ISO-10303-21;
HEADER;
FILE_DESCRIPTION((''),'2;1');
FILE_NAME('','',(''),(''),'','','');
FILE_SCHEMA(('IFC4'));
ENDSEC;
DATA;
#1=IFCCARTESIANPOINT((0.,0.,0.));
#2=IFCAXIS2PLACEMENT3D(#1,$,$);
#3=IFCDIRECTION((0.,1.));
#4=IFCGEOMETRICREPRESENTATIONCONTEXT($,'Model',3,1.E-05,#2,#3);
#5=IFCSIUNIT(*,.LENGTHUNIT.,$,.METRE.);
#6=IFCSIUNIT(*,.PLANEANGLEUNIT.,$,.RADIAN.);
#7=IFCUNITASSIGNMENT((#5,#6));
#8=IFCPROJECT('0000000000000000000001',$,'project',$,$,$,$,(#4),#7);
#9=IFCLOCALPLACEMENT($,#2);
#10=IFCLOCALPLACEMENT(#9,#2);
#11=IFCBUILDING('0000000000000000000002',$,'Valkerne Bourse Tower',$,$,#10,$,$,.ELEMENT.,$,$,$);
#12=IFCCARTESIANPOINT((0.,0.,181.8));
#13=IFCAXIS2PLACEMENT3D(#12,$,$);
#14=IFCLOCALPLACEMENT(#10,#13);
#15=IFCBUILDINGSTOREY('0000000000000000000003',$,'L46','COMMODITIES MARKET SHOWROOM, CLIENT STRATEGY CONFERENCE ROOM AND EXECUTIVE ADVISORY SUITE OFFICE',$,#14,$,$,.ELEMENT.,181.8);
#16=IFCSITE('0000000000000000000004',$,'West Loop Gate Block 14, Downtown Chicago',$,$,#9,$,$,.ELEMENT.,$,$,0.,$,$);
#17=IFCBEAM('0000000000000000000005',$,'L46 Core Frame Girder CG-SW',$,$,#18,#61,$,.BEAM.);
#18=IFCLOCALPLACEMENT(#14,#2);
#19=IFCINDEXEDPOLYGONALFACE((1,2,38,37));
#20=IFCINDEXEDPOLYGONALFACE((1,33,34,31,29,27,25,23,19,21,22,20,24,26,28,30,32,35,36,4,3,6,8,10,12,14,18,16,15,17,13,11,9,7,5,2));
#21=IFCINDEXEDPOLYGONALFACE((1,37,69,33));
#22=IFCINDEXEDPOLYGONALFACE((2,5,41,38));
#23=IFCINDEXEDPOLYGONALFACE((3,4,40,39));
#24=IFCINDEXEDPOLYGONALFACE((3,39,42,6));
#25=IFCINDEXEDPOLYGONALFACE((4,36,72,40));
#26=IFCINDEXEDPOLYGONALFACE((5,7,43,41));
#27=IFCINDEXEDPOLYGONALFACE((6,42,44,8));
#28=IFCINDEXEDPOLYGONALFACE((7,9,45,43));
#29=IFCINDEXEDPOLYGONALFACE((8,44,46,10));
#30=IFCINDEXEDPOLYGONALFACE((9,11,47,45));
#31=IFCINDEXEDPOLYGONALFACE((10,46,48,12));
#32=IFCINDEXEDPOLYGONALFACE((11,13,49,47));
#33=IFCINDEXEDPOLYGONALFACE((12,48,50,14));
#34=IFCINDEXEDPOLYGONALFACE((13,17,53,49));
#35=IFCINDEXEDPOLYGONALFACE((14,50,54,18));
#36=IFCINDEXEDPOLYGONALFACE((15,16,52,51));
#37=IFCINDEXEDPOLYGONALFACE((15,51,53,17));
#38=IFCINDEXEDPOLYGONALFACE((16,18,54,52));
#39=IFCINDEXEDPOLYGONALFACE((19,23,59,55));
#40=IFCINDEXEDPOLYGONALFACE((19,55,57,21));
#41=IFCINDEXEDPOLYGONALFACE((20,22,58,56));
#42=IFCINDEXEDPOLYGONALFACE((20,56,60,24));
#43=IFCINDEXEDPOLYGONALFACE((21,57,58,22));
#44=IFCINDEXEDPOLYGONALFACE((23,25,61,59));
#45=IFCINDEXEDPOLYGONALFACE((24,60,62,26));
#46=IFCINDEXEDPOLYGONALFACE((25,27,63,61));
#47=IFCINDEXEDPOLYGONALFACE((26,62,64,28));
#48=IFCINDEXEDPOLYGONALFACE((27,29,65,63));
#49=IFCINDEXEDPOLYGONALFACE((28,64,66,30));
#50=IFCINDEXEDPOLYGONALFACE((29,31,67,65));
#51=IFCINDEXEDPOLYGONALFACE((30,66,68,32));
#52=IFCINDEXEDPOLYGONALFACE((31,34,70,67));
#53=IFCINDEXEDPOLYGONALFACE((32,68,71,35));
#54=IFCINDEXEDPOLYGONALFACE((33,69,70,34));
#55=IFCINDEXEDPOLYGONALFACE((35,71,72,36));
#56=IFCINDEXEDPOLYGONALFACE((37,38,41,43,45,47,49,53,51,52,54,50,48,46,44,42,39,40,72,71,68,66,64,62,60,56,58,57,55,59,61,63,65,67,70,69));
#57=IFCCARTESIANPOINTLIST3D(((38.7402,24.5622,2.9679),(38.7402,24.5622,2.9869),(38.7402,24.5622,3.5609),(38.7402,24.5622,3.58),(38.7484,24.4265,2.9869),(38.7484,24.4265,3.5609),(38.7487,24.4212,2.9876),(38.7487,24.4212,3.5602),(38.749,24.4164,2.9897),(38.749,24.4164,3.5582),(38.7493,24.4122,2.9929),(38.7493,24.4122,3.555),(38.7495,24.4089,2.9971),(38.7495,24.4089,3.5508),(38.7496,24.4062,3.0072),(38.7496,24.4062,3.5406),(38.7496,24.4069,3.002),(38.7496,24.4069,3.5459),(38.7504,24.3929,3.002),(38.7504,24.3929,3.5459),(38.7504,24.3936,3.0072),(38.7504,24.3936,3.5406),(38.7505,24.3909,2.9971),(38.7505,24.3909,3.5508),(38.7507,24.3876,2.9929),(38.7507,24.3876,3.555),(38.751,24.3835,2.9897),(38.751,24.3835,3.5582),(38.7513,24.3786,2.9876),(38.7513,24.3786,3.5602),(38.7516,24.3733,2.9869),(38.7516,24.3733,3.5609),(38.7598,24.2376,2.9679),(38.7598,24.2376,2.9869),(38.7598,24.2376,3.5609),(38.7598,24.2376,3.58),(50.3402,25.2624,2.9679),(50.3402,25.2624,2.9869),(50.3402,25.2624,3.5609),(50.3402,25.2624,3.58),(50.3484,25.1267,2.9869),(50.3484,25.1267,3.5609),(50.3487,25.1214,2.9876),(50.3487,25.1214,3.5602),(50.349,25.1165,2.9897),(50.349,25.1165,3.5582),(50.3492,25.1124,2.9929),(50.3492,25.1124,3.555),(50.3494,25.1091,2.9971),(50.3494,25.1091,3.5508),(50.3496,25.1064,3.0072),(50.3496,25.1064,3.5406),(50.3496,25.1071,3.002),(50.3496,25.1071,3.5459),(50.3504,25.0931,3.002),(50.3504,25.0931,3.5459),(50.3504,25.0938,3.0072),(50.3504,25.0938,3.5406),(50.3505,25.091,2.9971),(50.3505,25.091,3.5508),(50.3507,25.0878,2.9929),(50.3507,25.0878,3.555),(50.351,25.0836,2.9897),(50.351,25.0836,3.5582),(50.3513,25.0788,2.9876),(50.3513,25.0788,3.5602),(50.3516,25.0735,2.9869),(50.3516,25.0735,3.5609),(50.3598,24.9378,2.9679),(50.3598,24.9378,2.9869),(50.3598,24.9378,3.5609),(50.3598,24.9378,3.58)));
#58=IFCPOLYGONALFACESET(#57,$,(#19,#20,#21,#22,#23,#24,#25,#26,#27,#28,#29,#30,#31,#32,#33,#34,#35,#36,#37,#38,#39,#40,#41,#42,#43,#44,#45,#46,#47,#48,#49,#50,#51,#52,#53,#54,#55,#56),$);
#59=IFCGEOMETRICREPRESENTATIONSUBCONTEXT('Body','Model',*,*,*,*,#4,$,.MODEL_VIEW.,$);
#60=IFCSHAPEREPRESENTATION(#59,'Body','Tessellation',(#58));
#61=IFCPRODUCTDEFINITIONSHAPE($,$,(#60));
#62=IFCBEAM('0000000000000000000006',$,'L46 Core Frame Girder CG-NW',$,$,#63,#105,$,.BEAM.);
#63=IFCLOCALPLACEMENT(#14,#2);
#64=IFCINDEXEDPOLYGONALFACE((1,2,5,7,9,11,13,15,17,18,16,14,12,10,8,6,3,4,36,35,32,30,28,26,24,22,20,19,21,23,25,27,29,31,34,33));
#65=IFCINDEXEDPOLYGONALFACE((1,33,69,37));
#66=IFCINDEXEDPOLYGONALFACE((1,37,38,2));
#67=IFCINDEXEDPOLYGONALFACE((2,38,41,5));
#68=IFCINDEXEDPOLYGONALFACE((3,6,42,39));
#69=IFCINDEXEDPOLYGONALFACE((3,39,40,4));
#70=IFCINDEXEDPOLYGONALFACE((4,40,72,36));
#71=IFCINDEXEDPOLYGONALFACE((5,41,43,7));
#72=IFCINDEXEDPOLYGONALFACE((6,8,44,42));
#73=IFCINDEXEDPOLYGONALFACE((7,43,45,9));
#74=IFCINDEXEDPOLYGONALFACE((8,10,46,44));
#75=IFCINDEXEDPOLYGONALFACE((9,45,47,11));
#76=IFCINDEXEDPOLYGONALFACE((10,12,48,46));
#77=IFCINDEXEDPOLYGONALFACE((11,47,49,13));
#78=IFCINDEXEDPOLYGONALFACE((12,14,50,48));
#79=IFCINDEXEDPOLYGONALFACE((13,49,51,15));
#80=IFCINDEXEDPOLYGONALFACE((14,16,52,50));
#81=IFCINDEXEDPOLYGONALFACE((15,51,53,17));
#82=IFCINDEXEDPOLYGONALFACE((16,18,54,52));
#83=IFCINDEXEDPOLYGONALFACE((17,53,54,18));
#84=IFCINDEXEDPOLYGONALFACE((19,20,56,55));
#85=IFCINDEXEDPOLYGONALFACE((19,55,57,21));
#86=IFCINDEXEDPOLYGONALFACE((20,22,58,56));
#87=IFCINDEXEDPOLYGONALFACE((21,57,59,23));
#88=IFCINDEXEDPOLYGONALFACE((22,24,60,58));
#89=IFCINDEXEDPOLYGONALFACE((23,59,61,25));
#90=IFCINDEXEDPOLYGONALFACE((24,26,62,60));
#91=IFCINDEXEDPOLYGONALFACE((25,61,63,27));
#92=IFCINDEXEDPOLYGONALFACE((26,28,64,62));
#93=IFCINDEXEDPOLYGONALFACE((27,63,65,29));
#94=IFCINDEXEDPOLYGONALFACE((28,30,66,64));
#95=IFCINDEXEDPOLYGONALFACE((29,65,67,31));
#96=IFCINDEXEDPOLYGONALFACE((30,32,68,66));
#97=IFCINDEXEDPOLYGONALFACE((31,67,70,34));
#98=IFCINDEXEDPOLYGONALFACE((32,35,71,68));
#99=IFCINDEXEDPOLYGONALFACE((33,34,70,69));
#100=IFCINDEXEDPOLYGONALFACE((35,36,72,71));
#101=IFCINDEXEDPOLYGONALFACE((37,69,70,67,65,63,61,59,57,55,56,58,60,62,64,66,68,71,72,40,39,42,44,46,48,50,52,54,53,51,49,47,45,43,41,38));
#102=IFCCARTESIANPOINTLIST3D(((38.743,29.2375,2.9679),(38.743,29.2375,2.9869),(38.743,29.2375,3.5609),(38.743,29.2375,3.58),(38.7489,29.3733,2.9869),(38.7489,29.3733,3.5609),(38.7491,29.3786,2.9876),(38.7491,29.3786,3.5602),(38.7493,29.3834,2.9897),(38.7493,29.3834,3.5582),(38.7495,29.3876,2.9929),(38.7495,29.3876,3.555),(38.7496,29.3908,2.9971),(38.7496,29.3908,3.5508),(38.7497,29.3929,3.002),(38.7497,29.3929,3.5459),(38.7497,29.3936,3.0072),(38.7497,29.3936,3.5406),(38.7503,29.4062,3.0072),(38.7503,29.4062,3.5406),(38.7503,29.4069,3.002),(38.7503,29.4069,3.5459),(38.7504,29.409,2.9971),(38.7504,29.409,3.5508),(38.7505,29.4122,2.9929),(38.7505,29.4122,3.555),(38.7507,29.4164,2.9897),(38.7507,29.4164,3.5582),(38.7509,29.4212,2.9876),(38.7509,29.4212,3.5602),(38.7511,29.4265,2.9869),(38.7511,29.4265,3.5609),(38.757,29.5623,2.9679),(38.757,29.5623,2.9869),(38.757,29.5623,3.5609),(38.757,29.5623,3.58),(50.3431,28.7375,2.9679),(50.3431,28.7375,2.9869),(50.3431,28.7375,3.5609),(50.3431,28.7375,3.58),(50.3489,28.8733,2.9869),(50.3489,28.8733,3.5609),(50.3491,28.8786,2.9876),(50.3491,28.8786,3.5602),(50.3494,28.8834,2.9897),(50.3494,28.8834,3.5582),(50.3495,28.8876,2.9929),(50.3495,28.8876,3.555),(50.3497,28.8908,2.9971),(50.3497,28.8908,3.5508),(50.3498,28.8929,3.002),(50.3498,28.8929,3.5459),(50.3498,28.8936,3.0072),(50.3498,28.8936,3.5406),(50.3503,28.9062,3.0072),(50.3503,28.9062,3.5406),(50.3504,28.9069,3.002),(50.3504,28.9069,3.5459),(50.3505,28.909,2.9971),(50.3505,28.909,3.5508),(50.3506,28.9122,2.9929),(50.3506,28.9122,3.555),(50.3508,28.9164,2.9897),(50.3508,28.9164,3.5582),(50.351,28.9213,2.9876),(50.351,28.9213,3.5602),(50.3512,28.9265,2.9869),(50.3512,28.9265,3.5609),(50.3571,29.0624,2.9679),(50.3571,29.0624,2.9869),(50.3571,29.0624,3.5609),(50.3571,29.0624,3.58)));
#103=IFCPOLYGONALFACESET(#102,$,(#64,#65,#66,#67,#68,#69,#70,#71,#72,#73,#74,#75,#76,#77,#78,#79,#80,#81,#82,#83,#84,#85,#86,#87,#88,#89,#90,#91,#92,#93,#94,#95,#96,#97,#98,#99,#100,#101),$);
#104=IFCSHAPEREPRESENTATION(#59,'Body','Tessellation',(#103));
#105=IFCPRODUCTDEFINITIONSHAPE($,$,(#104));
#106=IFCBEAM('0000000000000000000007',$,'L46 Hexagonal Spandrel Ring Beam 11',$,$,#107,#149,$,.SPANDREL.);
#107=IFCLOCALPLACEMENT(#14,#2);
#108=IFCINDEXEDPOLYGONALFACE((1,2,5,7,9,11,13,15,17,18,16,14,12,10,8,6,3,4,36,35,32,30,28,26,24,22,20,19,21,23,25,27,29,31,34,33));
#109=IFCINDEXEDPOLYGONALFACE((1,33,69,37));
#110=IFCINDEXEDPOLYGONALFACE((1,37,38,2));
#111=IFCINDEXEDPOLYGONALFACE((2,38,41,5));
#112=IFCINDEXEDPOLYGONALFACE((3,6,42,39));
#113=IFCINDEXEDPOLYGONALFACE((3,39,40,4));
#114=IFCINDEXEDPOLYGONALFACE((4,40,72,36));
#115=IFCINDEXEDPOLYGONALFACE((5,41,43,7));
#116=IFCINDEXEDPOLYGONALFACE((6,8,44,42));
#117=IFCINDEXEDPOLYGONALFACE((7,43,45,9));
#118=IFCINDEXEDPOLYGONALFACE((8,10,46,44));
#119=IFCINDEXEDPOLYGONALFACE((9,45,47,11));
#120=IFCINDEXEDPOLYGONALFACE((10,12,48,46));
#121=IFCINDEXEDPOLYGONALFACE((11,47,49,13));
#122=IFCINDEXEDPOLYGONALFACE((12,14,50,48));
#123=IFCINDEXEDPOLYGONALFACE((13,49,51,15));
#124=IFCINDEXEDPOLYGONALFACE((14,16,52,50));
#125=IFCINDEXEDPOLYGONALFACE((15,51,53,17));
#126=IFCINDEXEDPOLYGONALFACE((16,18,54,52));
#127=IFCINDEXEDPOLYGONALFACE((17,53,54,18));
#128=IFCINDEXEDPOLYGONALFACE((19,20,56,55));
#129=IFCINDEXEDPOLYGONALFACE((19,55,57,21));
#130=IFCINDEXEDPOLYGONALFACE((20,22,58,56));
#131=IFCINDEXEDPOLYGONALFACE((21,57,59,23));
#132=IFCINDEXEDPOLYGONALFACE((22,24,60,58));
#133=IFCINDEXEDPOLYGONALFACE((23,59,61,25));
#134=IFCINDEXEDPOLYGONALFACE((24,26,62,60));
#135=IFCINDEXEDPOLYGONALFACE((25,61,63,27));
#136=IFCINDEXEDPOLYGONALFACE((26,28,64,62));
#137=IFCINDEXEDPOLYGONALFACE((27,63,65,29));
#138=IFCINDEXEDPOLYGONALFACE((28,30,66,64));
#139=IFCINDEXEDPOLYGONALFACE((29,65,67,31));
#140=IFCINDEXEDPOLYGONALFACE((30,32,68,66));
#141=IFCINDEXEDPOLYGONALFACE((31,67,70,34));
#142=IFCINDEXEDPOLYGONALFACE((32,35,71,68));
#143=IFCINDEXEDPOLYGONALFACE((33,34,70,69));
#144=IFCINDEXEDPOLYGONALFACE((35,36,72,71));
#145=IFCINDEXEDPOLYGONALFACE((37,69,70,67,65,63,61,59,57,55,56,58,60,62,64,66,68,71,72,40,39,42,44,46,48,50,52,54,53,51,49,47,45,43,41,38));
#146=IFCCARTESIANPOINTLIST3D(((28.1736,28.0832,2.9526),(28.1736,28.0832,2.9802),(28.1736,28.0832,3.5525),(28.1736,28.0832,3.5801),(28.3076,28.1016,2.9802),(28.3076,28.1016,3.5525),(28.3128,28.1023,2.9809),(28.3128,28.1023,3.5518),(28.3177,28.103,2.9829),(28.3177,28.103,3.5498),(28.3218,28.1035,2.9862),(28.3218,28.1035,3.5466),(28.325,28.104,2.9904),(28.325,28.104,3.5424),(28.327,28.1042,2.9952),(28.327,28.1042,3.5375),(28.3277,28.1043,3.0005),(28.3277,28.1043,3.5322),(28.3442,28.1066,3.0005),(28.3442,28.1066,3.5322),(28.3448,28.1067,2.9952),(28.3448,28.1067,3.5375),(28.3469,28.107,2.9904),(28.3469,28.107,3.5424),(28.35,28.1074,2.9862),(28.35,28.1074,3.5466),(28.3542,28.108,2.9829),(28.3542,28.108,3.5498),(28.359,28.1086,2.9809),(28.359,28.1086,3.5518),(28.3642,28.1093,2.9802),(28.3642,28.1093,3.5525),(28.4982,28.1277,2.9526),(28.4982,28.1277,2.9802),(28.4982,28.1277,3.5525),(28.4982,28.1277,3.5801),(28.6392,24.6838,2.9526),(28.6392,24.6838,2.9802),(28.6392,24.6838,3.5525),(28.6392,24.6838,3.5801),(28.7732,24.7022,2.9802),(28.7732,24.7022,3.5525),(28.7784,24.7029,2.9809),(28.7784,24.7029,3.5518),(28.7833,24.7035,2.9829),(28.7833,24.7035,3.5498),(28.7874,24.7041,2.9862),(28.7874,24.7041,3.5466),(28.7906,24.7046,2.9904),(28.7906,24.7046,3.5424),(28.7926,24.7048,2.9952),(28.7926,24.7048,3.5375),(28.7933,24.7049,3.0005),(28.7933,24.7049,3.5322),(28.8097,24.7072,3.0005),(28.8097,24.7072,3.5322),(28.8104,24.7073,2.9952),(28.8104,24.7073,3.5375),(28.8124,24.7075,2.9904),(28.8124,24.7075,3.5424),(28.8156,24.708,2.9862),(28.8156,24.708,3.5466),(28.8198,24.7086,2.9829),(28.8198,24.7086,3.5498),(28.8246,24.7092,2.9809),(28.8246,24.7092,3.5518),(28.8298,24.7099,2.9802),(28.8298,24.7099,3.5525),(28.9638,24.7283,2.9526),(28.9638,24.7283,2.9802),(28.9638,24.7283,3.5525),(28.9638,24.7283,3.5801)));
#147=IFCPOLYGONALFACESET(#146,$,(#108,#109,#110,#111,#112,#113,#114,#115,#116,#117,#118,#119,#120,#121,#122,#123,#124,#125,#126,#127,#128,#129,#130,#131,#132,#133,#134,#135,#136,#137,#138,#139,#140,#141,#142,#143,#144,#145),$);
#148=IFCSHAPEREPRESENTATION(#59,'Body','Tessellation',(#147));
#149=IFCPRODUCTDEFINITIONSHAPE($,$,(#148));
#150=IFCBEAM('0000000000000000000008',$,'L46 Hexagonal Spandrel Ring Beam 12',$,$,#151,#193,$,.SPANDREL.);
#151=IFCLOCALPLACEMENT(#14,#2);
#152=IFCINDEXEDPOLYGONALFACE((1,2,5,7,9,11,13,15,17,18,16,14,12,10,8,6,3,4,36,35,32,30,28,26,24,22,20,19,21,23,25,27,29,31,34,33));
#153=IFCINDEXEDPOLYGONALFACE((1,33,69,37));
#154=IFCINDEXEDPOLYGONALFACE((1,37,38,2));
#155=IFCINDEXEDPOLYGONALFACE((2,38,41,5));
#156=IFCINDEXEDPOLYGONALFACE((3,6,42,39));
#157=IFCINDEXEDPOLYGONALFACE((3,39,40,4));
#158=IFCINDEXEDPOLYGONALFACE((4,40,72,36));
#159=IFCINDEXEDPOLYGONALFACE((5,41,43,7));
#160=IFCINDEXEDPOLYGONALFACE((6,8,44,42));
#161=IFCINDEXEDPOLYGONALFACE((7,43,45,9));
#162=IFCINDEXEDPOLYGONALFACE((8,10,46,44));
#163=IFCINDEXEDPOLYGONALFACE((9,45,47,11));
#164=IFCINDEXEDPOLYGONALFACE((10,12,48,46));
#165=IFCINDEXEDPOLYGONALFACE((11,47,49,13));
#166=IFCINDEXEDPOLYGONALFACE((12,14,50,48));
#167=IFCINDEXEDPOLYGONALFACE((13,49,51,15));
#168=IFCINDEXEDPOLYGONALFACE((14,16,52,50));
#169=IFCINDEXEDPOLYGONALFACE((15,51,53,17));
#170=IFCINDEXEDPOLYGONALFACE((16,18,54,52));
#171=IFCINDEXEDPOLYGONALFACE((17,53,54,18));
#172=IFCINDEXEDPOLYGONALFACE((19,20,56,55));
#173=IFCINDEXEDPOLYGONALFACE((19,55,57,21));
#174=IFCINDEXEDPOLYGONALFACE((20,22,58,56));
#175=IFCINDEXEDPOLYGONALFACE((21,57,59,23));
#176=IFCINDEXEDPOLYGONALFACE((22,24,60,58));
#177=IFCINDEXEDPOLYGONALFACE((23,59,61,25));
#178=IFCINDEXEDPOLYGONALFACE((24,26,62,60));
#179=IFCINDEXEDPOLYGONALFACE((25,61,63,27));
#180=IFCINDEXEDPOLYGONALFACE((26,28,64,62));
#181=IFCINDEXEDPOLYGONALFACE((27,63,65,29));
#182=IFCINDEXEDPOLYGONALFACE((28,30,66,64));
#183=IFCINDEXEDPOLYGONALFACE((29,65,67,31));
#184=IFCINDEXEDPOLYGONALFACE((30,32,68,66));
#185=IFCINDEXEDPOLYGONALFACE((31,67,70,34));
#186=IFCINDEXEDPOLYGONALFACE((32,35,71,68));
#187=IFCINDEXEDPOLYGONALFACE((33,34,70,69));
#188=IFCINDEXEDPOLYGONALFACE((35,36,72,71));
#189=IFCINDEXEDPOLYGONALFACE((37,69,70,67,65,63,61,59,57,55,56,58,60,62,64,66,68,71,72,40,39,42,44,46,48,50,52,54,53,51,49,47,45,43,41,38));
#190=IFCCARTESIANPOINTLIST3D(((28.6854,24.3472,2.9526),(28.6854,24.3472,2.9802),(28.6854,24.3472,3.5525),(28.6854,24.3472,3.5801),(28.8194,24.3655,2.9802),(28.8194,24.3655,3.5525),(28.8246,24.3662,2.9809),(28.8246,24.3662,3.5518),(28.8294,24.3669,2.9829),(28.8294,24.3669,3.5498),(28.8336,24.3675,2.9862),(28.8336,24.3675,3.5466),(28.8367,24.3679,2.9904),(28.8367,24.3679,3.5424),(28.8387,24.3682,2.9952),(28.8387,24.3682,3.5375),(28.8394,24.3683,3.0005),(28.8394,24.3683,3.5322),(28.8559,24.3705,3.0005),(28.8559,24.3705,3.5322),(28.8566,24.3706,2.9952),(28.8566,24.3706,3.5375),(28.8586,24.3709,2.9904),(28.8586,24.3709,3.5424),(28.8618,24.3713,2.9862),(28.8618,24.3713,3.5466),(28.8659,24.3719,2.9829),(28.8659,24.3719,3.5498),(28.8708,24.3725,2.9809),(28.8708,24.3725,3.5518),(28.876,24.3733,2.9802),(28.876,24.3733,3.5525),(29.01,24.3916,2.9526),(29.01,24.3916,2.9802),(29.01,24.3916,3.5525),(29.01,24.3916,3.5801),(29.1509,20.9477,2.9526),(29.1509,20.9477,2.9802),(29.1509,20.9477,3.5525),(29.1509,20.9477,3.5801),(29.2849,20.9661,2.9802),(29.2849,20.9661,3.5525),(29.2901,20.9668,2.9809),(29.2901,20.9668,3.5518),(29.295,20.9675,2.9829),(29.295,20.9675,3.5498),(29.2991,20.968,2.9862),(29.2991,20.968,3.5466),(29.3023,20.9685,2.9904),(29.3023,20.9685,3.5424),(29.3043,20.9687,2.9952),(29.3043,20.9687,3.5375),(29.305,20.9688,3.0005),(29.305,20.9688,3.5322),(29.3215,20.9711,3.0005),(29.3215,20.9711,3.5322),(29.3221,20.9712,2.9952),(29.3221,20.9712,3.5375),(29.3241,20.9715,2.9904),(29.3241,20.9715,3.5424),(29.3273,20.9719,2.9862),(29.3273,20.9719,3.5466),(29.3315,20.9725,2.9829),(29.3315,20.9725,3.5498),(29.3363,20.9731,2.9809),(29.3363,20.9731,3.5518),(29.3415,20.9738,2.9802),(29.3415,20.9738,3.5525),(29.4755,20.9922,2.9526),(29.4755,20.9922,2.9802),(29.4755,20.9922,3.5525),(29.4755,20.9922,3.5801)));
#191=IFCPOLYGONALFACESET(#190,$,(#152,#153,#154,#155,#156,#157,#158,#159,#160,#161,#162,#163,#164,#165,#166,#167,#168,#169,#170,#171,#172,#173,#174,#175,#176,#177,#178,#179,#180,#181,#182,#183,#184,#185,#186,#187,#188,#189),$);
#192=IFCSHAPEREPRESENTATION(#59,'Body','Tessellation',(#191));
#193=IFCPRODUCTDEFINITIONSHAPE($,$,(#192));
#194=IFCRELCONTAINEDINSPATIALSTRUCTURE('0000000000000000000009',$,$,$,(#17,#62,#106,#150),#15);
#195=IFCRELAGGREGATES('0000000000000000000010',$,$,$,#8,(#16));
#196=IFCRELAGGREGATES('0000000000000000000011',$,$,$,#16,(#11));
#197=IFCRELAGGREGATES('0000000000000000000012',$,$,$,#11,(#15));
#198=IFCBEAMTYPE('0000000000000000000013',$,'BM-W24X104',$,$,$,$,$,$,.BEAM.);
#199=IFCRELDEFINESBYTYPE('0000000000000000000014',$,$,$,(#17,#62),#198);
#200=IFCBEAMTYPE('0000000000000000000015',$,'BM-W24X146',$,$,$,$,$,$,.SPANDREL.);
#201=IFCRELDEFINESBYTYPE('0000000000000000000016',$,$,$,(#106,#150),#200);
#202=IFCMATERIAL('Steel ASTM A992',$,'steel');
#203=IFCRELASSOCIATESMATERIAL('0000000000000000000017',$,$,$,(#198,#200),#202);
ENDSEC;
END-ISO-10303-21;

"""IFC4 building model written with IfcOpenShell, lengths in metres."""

from ifc_helpers import new_model, si_unit, direction, frame, origin, origin_2d, place, context, subcontext, project, spatial, i_section, extrude, material, material_profile, profile_set, type_object, element, save


model = new_model("IFC4")

# Units and contexts
model_context = context("Model", 3, precision=1e-05, world=origin(), true_north=direction((0.0, 1.0)))
body_context = subcontext(model_context, "Body", "Model", "MODEL_VIEW")
ifc_project = project(units=[si_unit("LENGTHUNIT", "METRE"), si_unit("PLANEANGLEUNIT", "RADIAN")], contexts=[model_context])

# Site, building, storey
site_placement = place(None, origin())
site = spatial("IfcSite", under=ifc_project, at=site_placement, Name="West Loop Gate Block 14, Downtown Chicago", CompositionType="ELEMENT", RefElevation=0.0)
building_placement = place(site_placement, origin())
building = spatial("IfcBuilding", under=site, at=building_placement, Name="Valkerne Bourse Tower", CompositionType="ELEMENT")
storey_placement = place(building_placement, frame((0.0, 0.0, 181.8)))
storey = spatial("IfcBuildingStorey", under=building, at=storey_placement, Name="L46", Description="COMMODITIES MARKET SHOWROOM, CLIENT STRATEGY CONFERENCE ROOM AND EXECUTIVE ADVISORY SUITE OFFICE", CompositionType="ELEMENT", Elevation=181.8)

# Beams
ifc_material_1 = material(Name="Steel ASTM A992", Category="steel")
ifc_material_profile_1 = material_profile(ifc_material_1, i_section(OverallWidth=0.3252, OverallDepth=0.6121, WebThickness=0.0127, FlangeThickness=0.019, FilletRadius=0.0203, at=origin_2d()), Name="W24X104")
ifc_profile_set_1 = profile_set([ifc_material_profile_1], Name="Steel ASTM A992")
beam_type_1 = type_object("IfcBeamType", Name="BM-W24X104", PredefinedType="BEAM", material=ifc_profile_set_1)
beam_1_placement = place(storey_placement, frame((38.75, 24.3999, 3.2739), z_axis=(0.998183, 0.060251, 0.0), x_axis=(-0.060251, 0.998183, 0.0)))
element("IfcBeam", 1, at=beam_1_placement, inside=storey, type_object=beam_type_1, Name="L46 Core Frame Girder CG-SW", PredefinedType="BEAM", context=body_context, shape_type="SweptSolid", body=[
    extrude(i_section(OverallWidth=0.3252, OverallDepth=0.6121, WebThickness=0.0127, FlangeThickness=0.019, FilletRadius=0.0203, at=origin_2d()), origin(), (0.0, 0.0, 1.0), 11.6211),
])
beam_2_placement = place(storey_placement, frame((38.75, 29.3999, 3.2739), z_axis=(0.999072, -0.043063, 0.0), x_axis=(0.043063, 0.999072, 0.0)))
element("IfcBeam", 2, at=beam_2_placement, inside=storey, type_object=beam_type_1, Name="L46 Core Frame Girder CG-NW", PredefinedType="BEAM", context=body_context, shape_type="SweptSolid", body=[
    extrude(i_section(OverallWidth=0.3252, OverallDepth=0.6121, WebThickness=0.0127, FlangeThickness=0.019, FilletRadius=0.0203, at=origin_2d()), origin(), (0.0, 0.0, 1.0), 11.6108),
])
ifc_material_profile_2 = material_profile(ifc_material_1, i_section(OverallWidth=0.3276, OverallDepth=0.6274, WebThickness=0.0166, FlangeThickness=0.0276, FilletRadius=0.0203, at=origin_2d()), Name="W24X146")
ifc_profile_set_2 = profile_set([ifc_material_profile_2], Name="Steel ASTM A992")
beam_type_2 = type_object("IfcBeamType", Name="BM-W24X146", PredefinedType="SPANDREL", material=ifc_profile_set_2)
for number, where, z_axis, x_axis, name in (
    (3, (28.3359, 28.1055, 3.2664), (0.135691, -0.990751, 0.0), (0.990751, 0.135691, 0.0), "L46 Hexagonal Spandrel Ring Beam 11"),
    (4, (28.8477, 24.3694, 3.2664), (0.135691, -0.990751, 0.0), (0.990751, 0.135691, 0.0), "L46 Hexagonal Spandrel Ring Beam 12"),
):
    element("IfcBeam", number, at=place(storey_placement, frame(where, z_axis=z_axis, x_axis=x_axis)), inside=storey, type_object=beam_type_2, Name=name, PredefinedType="SPANDREL", context=body_context, shape_type="SweptSolid", body=[
        extrude(i_section(OverallWidth=0.3276, OverallDepth=0.6274, WebThickness=0.0166, FlangeThickness=0.0276, FilletRadius=0.0203, at=origin_2d()), origin(), (0.0, 0.0, 1.0), 3.4312),
    ])

save(model, "model.ifc")
